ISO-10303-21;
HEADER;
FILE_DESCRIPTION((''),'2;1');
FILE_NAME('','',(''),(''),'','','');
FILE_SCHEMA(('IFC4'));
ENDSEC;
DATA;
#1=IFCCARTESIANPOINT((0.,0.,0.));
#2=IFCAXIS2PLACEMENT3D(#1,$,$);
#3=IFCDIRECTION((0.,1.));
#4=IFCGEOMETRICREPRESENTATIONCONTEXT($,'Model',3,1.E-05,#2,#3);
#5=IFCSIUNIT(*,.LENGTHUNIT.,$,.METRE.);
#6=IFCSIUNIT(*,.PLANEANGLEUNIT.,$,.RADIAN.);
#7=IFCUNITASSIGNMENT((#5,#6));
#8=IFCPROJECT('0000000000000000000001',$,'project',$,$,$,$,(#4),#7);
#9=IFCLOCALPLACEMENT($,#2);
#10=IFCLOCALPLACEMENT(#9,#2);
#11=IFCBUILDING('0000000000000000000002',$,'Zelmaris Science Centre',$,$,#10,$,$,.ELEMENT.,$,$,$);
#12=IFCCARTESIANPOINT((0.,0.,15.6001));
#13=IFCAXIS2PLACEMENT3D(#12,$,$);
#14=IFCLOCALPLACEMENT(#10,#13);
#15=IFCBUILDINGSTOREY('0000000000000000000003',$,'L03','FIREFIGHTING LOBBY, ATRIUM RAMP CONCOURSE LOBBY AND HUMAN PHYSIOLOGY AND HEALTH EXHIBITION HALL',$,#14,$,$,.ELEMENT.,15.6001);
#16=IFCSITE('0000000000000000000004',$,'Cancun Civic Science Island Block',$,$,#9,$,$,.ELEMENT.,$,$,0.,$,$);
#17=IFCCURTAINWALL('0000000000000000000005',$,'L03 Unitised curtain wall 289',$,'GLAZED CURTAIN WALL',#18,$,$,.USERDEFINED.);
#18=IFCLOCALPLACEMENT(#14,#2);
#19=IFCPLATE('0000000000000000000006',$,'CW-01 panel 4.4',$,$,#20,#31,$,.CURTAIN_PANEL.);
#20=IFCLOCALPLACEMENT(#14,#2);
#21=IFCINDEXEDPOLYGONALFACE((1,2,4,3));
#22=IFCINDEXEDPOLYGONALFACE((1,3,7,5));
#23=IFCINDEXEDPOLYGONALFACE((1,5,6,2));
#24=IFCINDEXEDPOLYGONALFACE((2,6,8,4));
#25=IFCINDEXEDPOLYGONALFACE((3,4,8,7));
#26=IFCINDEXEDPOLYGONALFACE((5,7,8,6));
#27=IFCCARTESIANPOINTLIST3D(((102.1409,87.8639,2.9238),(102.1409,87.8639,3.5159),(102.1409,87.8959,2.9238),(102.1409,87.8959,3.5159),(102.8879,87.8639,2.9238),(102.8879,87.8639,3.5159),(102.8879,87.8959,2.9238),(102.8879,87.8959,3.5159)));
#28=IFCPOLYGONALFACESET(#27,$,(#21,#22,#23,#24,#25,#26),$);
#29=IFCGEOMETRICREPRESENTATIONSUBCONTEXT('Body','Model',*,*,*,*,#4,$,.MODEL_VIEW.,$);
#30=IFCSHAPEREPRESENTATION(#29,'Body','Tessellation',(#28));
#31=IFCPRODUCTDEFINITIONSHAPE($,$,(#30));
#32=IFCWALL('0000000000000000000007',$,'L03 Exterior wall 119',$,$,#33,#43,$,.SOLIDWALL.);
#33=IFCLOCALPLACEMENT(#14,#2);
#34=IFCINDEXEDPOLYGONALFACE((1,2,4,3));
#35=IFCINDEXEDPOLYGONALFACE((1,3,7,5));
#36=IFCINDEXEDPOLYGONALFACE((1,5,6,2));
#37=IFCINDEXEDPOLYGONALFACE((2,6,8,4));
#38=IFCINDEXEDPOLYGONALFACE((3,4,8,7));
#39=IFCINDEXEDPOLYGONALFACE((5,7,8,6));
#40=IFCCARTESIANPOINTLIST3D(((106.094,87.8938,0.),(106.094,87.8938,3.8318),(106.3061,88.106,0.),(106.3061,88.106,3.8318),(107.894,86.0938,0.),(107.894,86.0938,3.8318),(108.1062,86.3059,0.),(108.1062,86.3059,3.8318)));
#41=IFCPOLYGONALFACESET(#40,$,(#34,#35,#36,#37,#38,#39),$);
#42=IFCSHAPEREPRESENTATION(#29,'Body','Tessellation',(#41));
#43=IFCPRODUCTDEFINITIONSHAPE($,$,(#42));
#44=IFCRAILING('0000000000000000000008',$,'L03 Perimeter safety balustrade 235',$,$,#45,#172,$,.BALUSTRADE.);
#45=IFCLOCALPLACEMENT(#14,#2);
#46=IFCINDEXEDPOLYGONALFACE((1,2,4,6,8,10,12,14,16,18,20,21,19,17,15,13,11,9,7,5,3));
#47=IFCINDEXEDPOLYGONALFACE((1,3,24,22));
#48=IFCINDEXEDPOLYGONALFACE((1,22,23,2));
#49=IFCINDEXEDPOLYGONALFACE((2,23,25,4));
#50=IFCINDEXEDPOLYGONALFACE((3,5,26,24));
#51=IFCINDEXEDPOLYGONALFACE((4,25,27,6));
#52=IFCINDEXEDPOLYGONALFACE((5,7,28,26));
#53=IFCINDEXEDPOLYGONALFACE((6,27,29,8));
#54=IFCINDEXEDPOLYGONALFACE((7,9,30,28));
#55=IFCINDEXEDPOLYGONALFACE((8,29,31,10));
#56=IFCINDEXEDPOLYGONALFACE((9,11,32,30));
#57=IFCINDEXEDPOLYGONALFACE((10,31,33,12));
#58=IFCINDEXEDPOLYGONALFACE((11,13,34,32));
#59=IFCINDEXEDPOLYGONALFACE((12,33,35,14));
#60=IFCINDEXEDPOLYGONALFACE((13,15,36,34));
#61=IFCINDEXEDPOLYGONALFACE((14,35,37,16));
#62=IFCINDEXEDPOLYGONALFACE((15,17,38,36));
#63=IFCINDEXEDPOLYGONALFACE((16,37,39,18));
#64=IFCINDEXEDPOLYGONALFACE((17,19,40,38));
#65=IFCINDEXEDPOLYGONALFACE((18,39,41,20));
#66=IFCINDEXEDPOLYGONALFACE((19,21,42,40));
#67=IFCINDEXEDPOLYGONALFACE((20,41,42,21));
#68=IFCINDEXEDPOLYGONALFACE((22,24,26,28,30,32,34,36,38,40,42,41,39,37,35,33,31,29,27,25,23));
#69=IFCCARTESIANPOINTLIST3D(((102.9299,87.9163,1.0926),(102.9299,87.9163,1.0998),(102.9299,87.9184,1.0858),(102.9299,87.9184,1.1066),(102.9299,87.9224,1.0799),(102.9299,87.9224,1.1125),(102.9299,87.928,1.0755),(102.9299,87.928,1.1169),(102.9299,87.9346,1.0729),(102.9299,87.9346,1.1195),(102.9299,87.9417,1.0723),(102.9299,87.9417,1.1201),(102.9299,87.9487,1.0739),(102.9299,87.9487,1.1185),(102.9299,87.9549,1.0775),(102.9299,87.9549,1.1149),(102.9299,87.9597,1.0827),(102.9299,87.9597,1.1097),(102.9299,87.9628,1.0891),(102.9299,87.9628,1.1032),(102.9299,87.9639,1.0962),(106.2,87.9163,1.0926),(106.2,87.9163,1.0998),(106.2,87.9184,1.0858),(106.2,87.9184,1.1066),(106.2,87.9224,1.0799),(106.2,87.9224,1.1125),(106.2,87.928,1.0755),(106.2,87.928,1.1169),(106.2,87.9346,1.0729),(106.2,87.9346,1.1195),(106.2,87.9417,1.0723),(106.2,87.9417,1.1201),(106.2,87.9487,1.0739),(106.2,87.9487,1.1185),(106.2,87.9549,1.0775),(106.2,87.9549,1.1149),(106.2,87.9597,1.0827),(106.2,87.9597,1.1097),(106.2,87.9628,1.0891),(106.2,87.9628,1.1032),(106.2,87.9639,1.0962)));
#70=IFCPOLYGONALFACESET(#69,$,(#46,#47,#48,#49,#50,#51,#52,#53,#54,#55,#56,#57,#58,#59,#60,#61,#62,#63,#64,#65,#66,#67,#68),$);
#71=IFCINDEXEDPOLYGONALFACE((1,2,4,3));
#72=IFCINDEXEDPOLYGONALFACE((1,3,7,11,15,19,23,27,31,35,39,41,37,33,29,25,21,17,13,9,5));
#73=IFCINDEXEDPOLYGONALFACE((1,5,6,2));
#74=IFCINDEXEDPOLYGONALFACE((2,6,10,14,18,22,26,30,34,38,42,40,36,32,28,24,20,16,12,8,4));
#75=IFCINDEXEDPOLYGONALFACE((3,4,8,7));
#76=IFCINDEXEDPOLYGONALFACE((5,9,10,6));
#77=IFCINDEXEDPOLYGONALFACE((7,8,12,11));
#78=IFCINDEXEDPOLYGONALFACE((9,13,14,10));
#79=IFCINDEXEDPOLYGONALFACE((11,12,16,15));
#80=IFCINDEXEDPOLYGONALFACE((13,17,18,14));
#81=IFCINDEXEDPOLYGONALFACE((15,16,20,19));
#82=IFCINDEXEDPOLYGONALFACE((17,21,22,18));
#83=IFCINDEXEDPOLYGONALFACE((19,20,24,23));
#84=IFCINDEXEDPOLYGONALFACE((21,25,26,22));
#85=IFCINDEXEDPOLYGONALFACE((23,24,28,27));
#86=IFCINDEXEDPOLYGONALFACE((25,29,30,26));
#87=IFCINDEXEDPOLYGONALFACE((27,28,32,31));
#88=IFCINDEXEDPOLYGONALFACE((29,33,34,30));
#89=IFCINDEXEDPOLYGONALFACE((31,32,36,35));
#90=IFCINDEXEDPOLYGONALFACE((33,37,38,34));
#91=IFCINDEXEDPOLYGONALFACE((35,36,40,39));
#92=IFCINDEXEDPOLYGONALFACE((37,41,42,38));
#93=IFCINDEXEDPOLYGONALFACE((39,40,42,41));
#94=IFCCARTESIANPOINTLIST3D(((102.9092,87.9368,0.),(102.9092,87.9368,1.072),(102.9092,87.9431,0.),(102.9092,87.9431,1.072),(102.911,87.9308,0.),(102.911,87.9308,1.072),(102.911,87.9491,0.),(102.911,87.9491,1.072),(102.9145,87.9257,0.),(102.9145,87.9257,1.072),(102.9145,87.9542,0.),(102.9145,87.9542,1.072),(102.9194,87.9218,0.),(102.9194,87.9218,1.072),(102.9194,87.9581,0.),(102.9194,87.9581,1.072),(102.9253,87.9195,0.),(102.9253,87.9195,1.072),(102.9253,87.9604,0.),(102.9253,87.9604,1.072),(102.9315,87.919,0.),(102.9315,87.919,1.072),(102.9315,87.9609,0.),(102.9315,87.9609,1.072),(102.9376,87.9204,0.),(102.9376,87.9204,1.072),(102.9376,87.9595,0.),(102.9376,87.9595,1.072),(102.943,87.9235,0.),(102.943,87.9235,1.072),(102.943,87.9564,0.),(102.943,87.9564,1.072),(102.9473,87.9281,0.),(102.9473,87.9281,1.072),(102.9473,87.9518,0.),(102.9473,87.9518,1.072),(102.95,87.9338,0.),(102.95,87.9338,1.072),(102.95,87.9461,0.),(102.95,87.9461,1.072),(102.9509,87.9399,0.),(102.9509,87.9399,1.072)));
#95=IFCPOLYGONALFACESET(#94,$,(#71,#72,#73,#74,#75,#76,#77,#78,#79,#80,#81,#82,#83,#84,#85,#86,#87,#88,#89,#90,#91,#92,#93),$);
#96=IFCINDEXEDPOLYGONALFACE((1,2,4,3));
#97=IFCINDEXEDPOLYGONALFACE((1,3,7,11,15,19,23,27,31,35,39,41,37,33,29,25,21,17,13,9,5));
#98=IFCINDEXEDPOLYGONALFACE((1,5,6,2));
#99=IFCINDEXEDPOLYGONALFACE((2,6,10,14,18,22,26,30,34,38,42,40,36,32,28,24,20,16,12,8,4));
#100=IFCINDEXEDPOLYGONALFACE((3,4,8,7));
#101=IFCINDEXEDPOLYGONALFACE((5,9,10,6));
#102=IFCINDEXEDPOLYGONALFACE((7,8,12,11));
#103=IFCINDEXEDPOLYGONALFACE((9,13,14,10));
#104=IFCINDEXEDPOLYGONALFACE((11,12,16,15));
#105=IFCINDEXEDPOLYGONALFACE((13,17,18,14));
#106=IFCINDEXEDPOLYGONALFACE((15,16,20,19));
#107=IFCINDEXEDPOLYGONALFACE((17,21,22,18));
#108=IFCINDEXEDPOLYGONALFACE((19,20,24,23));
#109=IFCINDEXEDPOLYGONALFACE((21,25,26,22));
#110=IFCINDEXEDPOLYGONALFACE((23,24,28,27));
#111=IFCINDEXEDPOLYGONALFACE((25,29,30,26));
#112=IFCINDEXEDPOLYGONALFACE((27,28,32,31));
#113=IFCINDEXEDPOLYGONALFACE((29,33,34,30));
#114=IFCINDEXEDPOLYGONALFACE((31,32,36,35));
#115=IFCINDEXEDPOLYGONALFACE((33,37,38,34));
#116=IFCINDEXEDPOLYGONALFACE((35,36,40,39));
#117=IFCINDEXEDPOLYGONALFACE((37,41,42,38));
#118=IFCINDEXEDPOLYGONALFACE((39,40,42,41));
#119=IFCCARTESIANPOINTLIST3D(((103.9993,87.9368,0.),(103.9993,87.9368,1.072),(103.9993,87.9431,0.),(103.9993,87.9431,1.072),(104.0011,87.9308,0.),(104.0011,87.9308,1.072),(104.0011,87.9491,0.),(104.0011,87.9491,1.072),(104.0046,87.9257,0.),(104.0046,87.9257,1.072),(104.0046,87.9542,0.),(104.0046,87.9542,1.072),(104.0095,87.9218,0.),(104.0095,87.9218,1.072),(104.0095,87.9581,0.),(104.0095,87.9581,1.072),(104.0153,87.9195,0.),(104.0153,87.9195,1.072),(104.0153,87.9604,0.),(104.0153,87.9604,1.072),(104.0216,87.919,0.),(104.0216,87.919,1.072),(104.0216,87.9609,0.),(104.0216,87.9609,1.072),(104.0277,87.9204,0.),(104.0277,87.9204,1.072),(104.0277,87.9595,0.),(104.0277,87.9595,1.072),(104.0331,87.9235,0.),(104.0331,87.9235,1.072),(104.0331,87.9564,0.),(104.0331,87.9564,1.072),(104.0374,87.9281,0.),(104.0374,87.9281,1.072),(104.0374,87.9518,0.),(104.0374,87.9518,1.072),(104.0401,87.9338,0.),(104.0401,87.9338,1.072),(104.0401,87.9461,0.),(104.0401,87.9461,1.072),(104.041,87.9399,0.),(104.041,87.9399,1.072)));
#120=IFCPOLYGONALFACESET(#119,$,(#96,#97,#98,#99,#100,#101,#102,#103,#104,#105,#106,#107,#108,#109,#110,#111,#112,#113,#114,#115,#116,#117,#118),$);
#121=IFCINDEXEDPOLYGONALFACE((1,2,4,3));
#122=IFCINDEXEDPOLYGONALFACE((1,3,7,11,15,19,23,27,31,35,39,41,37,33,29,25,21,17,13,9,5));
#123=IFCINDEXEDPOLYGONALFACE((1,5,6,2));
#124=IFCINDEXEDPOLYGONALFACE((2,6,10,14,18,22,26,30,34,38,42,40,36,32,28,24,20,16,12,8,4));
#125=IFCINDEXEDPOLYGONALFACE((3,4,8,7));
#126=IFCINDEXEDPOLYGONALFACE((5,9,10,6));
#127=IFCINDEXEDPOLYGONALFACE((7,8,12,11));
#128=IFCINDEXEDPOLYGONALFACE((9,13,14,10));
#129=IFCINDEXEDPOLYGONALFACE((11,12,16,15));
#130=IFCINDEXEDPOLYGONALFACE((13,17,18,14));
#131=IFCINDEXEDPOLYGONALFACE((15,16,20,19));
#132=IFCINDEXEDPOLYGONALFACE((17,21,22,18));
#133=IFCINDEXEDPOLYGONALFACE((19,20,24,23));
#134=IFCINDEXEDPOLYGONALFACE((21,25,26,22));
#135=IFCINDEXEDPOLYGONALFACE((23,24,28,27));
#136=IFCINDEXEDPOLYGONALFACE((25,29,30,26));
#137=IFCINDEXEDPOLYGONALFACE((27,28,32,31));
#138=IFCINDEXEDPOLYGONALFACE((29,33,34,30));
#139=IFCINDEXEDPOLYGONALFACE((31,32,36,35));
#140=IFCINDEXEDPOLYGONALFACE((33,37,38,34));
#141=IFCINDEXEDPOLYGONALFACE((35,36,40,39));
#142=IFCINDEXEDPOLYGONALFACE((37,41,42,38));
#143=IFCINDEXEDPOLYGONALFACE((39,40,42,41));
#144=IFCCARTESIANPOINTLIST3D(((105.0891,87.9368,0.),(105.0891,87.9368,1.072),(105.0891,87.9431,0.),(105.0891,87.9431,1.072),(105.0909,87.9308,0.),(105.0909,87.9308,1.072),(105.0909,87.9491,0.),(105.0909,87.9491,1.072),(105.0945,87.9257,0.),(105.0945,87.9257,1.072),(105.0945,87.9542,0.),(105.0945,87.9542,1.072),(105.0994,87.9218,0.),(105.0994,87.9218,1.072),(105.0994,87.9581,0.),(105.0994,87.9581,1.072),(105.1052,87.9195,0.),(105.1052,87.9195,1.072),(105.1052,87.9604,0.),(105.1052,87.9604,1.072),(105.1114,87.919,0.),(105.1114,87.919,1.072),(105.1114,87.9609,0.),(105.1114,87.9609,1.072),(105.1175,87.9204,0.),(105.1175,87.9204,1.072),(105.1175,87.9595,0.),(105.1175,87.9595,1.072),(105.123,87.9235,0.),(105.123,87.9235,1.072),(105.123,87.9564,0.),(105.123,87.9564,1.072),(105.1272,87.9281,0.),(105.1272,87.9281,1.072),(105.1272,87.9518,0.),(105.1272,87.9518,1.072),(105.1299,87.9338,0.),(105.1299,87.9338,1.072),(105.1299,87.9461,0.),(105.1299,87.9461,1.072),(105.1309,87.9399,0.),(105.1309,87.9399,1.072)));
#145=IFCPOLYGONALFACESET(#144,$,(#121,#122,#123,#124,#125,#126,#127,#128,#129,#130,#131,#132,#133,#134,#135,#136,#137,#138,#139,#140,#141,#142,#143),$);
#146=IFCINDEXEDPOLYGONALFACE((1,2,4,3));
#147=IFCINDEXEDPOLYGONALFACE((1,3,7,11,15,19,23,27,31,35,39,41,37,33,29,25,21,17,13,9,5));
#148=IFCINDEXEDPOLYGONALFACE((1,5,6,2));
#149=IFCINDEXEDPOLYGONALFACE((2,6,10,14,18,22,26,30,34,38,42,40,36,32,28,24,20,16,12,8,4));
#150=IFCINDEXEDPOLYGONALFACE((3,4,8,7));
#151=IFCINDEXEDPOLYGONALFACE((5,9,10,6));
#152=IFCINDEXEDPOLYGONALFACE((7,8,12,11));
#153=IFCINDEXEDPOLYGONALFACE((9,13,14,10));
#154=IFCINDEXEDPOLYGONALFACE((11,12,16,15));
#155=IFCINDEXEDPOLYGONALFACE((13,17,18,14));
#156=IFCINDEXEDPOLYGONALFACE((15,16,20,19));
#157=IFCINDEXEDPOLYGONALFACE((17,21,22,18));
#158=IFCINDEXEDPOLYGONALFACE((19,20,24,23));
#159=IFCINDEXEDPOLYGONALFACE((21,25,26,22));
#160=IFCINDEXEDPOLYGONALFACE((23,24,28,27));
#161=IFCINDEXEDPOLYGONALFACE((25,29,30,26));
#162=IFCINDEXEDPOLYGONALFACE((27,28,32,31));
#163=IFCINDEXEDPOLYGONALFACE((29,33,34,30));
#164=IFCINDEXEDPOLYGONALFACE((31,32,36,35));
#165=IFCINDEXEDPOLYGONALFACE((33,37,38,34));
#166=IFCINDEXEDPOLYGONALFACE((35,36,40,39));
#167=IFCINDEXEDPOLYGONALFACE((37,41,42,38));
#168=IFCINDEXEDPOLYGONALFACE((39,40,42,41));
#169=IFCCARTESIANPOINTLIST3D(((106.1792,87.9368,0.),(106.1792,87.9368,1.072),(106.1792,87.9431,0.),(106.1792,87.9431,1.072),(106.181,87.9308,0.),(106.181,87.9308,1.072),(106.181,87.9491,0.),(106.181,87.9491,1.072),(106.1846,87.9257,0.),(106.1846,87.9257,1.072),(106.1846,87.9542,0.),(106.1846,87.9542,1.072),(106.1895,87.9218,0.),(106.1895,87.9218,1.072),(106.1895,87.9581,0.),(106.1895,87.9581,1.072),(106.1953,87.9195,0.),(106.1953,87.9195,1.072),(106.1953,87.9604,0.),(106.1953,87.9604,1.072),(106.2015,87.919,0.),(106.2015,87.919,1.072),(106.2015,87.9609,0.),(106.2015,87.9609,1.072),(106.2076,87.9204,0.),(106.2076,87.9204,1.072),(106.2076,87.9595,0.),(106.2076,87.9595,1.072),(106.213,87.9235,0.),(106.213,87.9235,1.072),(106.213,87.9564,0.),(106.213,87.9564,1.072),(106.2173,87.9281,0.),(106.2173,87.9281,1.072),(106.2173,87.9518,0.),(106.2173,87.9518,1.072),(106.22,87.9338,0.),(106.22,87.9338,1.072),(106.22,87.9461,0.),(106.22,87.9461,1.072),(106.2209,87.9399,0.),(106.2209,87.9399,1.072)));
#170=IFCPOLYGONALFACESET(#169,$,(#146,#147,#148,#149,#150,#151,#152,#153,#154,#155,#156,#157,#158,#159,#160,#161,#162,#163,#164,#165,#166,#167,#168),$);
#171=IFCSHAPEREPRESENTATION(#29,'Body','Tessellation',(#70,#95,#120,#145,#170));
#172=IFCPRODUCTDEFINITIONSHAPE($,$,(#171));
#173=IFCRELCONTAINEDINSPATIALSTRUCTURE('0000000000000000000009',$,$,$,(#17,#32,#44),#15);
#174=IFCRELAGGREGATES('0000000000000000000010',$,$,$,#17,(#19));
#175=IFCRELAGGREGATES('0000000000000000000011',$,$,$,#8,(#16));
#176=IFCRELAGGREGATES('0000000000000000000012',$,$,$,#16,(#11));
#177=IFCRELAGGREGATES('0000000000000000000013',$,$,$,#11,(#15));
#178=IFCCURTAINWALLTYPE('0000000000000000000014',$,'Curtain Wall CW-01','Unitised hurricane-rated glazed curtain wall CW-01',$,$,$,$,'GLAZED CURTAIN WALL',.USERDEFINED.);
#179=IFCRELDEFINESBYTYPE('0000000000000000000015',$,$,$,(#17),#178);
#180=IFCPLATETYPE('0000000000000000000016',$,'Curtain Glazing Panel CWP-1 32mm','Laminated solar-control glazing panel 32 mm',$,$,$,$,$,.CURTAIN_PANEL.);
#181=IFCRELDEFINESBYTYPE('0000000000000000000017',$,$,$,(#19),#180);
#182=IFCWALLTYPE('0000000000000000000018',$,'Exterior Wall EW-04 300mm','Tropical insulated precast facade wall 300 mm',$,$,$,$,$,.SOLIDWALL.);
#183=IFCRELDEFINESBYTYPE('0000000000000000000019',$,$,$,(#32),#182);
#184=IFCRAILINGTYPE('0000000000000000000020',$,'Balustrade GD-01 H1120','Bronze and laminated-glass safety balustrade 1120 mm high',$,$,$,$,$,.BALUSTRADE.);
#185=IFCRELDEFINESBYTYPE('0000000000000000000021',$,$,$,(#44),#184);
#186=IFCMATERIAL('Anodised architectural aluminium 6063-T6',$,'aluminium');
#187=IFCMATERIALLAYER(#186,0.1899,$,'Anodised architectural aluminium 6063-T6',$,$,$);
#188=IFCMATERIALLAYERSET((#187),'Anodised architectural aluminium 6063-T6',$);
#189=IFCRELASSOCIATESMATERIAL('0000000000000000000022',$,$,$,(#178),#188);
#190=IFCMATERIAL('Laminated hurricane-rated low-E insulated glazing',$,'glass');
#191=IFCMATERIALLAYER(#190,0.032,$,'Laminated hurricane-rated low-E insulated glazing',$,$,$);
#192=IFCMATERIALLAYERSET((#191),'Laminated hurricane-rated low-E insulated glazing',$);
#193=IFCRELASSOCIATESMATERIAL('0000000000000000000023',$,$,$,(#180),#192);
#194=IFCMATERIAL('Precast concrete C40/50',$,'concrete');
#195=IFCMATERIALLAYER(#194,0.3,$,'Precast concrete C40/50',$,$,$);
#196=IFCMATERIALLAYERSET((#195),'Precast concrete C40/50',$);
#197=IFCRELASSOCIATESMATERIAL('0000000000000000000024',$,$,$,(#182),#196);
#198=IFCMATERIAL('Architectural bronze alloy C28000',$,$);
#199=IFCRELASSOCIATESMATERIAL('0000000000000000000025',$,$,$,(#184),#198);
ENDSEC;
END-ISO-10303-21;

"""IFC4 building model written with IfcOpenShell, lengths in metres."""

from ifc_helpers import new_model, si_unit, direction, frame, frame_2d, origin, origin_2d, place, context, subcontext, project, spatial, rectangle, circle, extrude, material, layer, layer_set, type_object, element, aggregate, save


model = new_model("IFC4")

# Units and contexts
model_context = context("Model", 3, precision=1e-05, world=origin(), true_north=direction((0.0, 1.0)))
body_context = subcontext(model_context, "Body", "Model", "MODEL_VIEW")
ifc_project = project(units=[si_unit("LENGTHUNIT", "METRE"), si_unit("PLANEANGLEUNIT", "RADIAN")], contexts=[model_context])

# Site, building, storey
site_placement = place(None, origin())
site = spatial("IfcSite", under=ifc_project, at=site_placement, Name="Cancun Civic Science Island Block", CompositionType="ELEMENT", RefElevation=0.0)
building_placement = place(site_placement, origin())
building = spatial("IfcBuilding", under=site, at=building_placement, Name="Zelmaris Science Centre", CompositionType="ELEMENT")
storey_placement = place(building_placement, frame((0.0, 0.0, 15.6001)))
storey = spatial("IfcBuildingStorey", under=building, at=storey_placement, Name="L03", Description="FIREFIGHTING LOBBY, ATRIUM RAMP CONCOURSE LOBBY AND HUMAN PHYSIOLOGY AND HEALTH EXHIBITION HALL", CompositionType="ELEMENT", Elevation=15.6001)

# Curtain wall, plate
ifc_material_1 = material(Name="Anodised architectural aluminium 6063-T6", Category="aluminium")
ifc_layer_1 = layer(ifc_material_1, 0.1899, Name="Anodised architectural aluminium 6063-T6")
ifc_layer_set_1 = layer_set([ifc_layer_1], Name="Anodised architectural aluminium 6063-T6")
curtain_wall_type = type_object("IfcCurtainWallType", Name="Curtain Wall CW-01", Description="Unitised hurricane-rated glazed curtain wall CW-01", ElementType="GLAZED CURTAIN WALL", PredefinedType="USERDEFINED", material=ifc_layer_set_1)
curtain_wall_placement = place(storey_placement, origin())
curtain_wall = element("IfcCurtainWall", 1, at=curtain_wall_placement, inside=storey, type_object=curtain_wall_type, Name="L03 Unitised curtain wall 289", ObjectType="GLAZED CURTAIN WALL", PredefinedType="USERDEFINED")
ifc_material_2 = material(Name="Laminated hurricane-rated low-E insulated glazing", Category="glass")
ifc_layer_2 = layer(ifc_material_2, 0.032, Name="Laminated hurricane-rated low-E insulated glazing")
ifc_layer_set_2 = layer_set([ifc_layer_2], Name="Laminated hurricane-rated low-E insulated glazing")
plate_type = type_object("IfcPlateType", Name="Curtain Glazing Panel CWP-1 32mm", Description="Laminated solar-control glazing panel 32 mm", PredefinedType="CURTAIN_PANEL", material=ifc_layer_set_2)
plate_1_placement = place(storey_placement, frame((102.5144, 87.8799, 2.9238), z_axis=(0.0, 0.0, 1.0), x_axis=(1.0, 0.0, 0.0)))
plate_1 = element("IfcPlate", 2, at=plate_1_placement, type_object=plate_type, Name="CW-01 panel 4.4", PredefinedType="CURTAIN_PANEL", context=body_context, shape_type="SweptSolid", body=[
    extrude(rectangle(XDim=0.7471, YDim=0.032, at=origin_2d()), origin(), (0.0, 0.0, 1.0), 0.592),
])
aggregate(curtain_wall, [plate_1])

# Wall
ifc_material_3 = material(Name="Precast concrete C40/50", Category="concrete")
ifc_layer_3 = layer(ifc_material_3, 0.3, Name="Precast concrete C40/50")
ifc_layer_set_3 = layer_set([ifc_layer_3], Name="Precast concrete C40/50")
wall_type = type_object("IfcWallType", Name="Exterior Wall EW-04 300mm", Description="Tropical insulated precast facade wall 300 mm", PredefinedType="SOLIDWALL", material=ifc_layer_set_3)
wall_placement = place(storey_placement, frame((106.2, 88.0, 0.0), z_axis=(0.0, 0.0, 1.0), x_axis=(0.707107, -0.707107, 0.0)))
element("IfcWall", 3, at=wall_placement, inside=storey, type_object=wall_type, Name="L03 Exterior wall 119", PredefinedType="SOLIDWALL", context=body_context, shape_type="SweptSolid", body=[
    extrude(rectangle(XDim=2.5457, YDim=0.3, at=frame_2d((1.2729, 0.0))), origin(), (0.0, 0.0, 1.0), 3.8318),
])

# Railing
ifc_material_4 = material(Name="Architectural bronze alloy C28000")
railing_type = type_object("IfcRailingType", Name="Balustrade GD-01 H1120", Description="Bronze and laminated-glass safety balustrade 1120 mm high", PredefinedType="BALUSTRADE", material=ifc_material_4)
railing_placement = place(storey_placement, frame((102.9299, 87.9399, 0.0)))
element("IfcRailing", 4, at=railing_placement, inside=storey, type_object=railing_type, Name="L03 Perimeter safety balustrade 235", PredefinedType="BALUSTRADE", context=body_context, shape_type="SweptSolid", body=[
    extrude(circle(Radius=0.0239, at=origin_2d()), frame((0.0, 0.0, 1.0962), z_axis=(1.0, 0.0, 0.0), x_axis=(0.0, 1.0, 0.0)), (0.0, 0.0, 1.0), 3.27),
    extrude(circle(Radius=0.021, at=origin_2d()), origin(), (0.0, 0.0, 1.0), 1.072),
    extrude(circle(Radius=0.021, at=origin_2d()), frame((1.0901, 0.0, 0.0)), (0.0, 0.0, 1.0), 1.072),
    extrude(circle(Radius=0.021, at=origin_2d()), frame((2.1799, 0.0, 0.0)), (0.0, 0.0, 1.0), 1.072),
    extrude(circle(Radius=0.021, at=origin_2d()), frame((3.27, 0.0, 0.0)), (0.0, 0.0, 1.0), 1.072),
])

save(model, "model.ifc")
